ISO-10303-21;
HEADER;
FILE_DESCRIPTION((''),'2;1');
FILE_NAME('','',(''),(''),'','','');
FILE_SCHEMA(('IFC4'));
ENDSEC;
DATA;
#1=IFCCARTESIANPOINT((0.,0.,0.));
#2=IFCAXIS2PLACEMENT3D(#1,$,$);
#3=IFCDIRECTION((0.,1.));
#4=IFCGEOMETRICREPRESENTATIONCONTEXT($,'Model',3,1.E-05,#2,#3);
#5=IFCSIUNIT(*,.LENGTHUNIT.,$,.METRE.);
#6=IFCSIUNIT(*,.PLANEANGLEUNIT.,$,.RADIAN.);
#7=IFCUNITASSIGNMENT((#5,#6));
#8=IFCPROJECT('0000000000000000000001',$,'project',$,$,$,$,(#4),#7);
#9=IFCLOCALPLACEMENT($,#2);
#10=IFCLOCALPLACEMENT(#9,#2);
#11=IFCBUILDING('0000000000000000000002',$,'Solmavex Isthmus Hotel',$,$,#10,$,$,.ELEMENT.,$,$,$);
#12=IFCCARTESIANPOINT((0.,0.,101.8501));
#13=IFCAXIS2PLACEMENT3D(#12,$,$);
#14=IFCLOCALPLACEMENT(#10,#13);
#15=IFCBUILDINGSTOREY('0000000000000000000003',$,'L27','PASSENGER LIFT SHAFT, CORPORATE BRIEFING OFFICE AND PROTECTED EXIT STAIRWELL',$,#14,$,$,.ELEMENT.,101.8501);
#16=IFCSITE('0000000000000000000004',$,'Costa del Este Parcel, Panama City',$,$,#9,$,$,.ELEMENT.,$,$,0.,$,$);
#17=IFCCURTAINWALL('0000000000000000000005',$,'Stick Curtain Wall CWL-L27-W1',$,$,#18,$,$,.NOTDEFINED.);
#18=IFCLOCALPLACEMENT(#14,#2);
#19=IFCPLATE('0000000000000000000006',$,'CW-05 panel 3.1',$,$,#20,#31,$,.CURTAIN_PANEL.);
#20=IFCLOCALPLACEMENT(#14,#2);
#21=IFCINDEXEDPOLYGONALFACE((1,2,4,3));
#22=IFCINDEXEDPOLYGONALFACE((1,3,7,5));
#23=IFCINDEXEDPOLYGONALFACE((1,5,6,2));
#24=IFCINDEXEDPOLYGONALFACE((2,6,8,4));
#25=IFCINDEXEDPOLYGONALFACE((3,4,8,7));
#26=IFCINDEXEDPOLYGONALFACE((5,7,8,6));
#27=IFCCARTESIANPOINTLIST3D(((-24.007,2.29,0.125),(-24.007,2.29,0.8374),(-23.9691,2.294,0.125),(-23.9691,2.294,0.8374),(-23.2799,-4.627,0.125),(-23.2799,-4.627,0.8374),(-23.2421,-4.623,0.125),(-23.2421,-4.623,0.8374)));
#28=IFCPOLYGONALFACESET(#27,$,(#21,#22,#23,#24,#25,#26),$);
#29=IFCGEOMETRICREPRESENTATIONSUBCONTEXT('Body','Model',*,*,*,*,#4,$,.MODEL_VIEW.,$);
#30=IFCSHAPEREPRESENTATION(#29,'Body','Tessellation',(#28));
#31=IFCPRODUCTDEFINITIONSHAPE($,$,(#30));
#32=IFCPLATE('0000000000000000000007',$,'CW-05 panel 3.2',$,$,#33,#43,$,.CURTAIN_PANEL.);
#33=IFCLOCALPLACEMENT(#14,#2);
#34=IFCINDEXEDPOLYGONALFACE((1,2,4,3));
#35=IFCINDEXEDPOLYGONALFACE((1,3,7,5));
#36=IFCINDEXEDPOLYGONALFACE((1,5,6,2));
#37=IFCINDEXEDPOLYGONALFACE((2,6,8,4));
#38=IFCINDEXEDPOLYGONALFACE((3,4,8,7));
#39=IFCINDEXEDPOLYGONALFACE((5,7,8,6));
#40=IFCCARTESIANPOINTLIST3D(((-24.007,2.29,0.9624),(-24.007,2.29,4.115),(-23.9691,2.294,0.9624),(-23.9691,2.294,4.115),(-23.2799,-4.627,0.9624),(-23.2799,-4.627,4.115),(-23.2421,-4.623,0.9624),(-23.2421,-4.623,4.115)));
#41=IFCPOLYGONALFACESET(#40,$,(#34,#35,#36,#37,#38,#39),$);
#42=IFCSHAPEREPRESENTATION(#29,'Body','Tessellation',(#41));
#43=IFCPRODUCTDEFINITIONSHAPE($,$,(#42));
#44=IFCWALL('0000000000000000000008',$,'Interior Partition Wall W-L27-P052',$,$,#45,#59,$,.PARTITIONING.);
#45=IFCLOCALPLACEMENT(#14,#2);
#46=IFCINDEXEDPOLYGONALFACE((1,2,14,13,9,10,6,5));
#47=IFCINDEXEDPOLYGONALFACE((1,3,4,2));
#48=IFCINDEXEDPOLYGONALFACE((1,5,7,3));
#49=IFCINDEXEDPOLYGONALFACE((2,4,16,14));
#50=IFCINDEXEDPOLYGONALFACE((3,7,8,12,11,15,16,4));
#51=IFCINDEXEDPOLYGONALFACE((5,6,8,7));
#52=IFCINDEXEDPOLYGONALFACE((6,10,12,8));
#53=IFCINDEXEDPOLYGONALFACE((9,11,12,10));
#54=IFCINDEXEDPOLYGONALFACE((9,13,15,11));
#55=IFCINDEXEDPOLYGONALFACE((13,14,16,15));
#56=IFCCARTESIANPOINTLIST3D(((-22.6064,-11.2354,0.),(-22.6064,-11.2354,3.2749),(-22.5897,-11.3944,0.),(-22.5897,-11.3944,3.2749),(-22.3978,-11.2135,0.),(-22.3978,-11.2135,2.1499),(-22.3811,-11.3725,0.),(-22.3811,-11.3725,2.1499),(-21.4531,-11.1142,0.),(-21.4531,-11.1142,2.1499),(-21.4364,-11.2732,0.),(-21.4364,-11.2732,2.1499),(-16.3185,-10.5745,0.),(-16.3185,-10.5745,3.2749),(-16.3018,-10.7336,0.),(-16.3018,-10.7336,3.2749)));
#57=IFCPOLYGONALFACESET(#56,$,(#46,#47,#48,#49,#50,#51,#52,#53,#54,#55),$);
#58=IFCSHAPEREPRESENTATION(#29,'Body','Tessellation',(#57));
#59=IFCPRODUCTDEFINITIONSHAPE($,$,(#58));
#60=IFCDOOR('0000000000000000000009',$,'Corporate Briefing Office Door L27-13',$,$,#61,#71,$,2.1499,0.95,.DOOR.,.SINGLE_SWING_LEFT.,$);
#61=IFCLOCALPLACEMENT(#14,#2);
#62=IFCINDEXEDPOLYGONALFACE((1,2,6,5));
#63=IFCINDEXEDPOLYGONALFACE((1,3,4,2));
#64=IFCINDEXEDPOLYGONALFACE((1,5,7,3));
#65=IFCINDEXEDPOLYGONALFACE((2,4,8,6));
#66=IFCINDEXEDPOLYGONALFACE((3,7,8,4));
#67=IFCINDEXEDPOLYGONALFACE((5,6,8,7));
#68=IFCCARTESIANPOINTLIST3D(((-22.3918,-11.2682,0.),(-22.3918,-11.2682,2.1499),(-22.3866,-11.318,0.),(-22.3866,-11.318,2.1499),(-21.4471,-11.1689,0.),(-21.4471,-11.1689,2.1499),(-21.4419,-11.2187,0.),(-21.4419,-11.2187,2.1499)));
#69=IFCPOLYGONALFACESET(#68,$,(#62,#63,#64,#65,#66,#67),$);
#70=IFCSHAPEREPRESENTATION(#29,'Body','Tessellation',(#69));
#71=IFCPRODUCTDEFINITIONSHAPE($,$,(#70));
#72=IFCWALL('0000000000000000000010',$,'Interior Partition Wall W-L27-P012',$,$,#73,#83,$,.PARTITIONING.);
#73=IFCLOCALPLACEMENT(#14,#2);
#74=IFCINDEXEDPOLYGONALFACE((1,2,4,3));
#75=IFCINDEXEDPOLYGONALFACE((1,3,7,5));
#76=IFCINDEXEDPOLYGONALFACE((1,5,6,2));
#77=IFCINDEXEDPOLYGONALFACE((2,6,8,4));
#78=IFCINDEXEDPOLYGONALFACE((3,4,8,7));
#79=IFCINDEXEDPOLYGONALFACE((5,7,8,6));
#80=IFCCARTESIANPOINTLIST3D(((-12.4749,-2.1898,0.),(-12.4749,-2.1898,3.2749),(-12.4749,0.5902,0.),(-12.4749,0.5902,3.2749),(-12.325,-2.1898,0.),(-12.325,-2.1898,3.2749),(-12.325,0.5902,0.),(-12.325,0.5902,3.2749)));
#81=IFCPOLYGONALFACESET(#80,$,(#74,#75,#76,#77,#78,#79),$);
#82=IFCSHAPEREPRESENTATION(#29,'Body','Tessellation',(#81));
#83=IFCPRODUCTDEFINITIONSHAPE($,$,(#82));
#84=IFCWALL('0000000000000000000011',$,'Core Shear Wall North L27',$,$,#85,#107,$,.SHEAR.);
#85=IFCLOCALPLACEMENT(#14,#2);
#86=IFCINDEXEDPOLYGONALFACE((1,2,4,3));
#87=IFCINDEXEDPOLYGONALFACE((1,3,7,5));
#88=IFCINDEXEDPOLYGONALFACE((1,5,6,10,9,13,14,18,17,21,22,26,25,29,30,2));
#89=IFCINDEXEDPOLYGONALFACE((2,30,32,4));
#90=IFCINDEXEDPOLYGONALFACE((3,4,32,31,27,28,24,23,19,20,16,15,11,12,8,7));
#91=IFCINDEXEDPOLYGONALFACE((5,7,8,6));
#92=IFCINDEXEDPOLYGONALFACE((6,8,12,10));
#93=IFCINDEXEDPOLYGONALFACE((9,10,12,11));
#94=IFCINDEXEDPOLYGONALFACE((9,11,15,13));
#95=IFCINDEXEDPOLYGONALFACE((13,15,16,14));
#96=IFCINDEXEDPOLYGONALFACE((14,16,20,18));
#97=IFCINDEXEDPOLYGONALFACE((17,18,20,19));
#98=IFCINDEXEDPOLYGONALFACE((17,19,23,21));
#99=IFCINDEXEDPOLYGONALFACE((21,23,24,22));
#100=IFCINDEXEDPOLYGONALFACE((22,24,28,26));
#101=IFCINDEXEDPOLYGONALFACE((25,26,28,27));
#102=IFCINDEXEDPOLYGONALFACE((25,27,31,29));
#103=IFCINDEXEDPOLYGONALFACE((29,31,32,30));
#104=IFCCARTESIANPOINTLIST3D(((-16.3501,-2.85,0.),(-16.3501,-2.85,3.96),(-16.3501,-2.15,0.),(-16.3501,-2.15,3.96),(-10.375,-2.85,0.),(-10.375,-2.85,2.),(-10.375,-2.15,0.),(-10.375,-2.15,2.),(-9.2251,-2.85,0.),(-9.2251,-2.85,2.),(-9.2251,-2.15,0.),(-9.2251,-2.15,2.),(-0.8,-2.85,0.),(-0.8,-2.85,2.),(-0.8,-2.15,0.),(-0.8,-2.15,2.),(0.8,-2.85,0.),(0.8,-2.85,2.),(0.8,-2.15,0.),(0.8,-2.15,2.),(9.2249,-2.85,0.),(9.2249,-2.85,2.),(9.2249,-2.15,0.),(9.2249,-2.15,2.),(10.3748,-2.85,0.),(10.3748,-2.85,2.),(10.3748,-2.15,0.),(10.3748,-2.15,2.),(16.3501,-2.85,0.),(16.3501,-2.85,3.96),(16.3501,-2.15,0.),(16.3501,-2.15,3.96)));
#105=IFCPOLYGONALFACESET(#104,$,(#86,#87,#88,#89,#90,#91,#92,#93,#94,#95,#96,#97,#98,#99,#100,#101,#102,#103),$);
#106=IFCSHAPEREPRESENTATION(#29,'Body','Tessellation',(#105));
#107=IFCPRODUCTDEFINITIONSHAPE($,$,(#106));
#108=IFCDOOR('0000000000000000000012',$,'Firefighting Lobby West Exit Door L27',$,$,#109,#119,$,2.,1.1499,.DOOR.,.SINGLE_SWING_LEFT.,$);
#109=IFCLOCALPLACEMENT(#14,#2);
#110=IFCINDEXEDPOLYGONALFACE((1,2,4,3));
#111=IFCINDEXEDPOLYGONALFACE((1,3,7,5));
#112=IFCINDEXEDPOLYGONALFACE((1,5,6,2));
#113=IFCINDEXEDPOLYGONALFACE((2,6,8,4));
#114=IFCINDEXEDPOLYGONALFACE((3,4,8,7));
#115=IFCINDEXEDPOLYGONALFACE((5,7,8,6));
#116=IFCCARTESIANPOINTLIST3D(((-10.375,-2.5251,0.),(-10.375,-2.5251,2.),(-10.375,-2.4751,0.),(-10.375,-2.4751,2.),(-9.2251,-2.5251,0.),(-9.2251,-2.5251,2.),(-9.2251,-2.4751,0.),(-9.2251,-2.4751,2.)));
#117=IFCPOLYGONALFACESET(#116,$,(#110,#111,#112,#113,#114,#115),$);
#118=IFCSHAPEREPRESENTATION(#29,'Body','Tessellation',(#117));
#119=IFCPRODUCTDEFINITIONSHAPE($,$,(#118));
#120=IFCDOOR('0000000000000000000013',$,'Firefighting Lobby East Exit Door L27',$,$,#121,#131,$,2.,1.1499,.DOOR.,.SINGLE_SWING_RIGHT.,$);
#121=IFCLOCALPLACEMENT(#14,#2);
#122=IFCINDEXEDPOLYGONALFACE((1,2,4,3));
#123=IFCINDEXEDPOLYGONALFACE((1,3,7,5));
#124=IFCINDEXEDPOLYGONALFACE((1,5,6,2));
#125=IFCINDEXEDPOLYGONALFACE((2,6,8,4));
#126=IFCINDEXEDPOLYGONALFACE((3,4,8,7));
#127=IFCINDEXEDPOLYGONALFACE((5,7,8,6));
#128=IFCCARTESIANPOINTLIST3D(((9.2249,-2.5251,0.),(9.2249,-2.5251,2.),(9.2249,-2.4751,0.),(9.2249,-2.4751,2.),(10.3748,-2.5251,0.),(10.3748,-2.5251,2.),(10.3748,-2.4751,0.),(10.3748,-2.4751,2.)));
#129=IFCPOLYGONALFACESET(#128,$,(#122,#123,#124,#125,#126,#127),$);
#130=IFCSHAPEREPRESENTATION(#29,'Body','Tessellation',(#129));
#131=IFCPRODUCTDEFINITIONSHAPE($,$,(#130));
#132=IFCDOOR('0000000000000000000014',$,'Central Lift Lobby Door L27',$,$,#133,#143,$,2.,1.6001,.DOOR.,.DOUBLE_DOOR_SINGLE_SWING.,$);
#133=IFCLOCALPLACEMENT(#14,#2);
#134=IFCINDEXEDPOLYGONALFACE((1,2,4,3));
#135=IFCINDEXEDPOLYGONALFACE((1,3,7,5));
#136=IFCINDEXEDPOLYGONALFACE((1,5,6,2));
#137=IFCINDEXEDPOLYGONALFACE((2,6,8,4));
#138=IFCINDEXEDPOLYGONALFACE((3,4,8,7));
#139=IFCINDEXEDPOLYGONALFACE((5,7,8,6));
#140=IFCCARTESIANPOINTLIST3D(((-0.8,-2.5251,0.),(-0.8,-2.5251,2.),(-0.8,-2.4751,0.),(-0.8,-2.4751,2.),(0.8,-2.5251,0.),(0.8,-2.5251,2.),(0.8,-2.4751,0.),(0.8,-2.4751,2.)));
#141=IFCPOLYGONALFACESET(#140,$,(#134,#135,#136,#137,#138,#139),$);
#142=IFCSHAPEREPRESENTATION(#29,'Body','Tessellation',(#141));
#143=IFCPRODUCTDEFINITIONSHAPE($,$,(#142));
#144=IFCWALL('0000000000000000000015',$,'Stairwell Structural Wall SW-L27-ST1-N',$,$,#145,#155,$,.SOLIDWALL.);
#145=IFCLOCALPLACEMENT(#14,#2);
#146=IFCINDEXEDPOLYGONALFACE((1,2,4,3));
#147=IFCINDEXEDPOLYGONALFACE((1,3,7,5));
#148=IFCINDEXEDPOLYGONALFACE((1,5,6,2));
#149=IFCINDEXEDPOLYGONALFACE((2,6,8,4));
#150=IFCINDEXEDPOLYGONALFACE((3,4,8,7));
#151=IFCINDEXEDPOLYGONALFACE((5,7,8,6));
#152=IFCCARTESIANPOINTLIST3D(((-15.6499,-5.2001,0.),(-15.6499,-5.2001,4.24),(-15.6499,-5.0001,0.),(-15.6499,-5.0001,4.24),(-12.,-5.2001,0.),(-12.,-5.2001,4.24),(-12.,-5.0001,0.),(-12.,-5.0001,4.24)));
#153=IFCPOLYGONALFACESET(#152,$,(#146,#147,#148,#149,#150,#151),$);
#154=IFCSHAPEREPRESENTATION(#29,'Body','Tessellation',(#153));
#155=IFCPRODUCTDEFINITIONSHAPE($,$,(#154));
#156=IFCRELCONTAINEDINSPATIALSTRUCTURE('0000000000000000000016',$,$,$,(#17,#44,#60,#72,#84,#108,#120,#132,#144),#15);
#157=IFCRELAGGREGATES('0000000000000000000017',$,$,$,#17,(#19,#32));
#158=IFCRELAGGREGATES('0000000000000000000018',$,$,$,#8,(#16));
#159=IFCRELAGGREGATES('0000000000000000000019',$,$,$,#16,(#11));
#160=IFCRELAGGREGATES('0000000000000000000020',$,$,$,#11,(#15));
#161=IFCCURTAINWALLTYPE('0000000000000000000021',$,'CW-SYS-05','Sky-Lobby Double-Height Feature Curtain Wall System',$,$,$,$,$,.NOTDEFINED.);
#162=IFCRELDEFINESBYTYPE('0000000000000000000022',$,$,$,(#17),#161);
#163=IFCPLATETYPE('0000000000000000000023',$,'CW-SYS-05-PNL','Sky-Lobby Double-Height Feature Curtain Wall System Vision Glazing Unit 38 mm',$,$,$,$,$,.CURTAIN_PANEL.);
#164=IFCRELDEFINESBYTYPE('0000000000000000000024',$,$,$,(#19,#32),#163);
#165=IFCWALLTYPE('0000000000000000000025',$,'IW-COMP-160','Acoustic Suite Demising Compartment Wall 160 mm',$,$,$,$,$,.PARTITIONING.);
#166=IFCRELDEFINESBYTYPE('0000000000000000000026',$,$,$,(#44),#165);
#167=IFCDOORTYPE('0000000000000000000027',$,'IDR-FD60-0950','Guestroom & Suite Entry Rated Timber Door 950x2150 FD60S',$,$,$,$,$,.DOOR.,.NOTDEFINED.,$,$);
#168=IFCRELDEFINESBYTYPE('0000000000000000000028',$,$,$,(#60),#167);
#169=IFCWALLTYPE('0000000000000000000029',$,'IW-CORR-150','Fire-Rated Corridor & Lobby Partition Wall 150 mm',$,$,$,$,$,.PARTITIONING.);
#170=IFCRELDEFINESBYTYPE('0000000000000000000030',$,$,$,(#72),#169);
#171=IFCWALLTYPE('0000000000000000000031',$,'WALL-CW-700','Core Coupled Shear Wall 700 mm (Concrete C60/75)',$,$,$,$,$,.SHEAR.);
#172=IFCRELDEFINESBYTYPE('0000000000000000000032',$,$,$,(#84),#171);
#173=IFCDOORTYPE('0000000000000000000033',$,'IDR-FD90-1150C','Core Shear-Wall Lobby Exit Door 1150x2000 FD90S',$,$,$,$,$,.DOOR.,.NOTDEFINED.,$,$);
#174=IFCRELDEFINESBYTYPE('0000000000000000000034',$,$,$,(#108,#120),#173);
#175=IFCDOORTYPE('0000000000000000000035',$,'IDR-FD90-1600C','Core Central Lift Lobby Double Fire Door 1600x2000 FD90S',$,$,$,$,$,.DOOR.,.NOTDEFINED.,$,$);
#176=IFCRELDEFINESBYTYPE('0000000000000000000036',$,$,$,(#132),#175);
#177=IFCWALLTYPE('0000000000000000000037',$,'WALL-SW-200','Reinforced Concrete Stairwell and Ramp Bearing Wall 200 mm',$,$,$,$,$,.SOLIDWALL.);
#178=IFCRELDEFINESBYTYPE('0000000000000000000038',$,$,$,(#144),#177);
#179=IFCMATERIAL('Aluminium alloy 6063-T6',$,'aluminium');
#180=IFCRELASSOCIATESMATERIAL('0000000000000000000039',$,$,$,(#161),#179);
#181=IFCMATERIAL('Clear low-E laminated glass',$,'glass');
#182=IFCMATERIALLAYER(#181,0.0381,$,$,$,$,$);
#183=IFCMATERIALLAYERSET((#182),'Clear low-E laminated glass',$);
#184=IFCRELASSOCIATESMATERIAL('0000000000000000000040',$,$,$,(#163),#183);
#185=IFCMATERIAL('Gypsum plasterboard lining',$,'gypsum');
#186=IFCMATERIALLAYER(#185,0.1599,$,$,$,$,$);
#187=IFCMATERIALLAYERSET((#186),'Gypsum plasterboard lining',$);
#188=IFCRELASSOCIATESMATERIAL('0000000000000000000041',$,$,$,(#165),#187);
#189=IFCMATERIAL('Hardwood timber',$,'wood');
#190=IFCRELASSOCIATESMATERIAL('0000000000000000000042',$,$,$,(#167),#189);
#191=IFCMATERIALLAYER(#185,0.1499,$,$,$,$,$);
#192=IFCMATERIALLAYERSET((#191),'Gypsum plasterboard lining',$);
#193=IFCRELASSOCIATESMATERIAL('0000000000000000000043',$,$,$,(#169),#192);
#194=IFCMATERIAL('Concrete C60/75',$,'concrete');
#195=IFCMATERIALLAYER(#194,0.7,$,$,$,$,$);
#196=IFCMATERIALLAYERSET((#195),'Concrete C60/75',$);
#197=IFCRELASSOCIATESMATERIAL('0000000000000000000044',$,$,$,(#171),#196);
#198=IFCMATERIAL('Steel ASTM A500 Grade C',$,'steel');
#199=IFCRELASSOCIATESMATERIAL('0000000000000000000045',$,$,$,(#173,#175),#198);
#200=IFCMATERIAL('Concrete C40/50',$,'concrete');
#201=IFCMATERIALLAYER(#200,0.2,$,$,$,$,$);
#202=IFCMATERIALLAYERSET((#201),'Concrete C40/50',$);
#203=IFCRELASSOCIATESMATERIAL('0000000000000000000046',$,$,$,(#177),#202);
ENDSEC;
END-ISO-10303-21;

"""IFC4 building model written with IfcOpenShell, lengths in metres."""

from ifc_helpers import new_model, si_unit, direction, frame, frame_2d, origin, origin_2d, place, context, subcontext, project, spatial, rectangle, extrude, material, layer, layer_set, type_object, element, fill, aggregate, save


model = new_model("IFC4")

# Units and contexts
model_context = context("Model", 3, precision=1e-05, world=origin(), true_north=direction((0.0, 1.0)))
body_context = subcontext(model_context, "Body", "Model", "MODEL_VIEW")
ifc_project = project(units=[si_unit("LENGTHUNIT", "METRE"), si_unit("PLANEANGLEUNIT", "RADIAN")], contexts=[model_context])

# Site, building, storey
site_placement = place(None, origin())
site = spatial("IfcSite", under=ifc_project, at=site_placement, Name="Costa del Este Parcel, Panama City", CompositionType="ELEMENT", RefElevation=0.0)
building_placement = place(site_placement, origin())
building = spatial("IfcBuilding", under=site, at=building_placement, Name="Solmavex Isthmus Hotel", CompositionType="ELEMENT")
storey_placement = place(building_placement, frame((0.0, 0.0, 101.8501)))
storey = spatial("IfcBuildingStorey", under=building, at=storey_placement, Name="L27", Description="PASSENGER LIFT SHAFT, CORPORATE BRIEFING OFFICE AND PROTECTED EXIT STAIRWELL", CompositionType="ELEMENT", Elevation=101.8501)

# Shared definitions
ifc_material_1 = material(Name="Concrete C60/75", Category="concrete")

# Curtain wall, plates
ifc_material_2 = material(Name="Aluminium alloy 6063-T6", Category="aluminium")
curtain_wall_type = type_object("IfcCurtainWallType", Name="CW-SYS-05", Description="Sky-Lobby Double-Height Feature Curtain Wall System", PredefinedType="NOTDEFINED", material=ifc_material_2)
curtain_wall_placement = place(storey_placement, origin())
curtain_wall = element("IfcCurtainWall", 1, at=curtain_wall_placement, inside=storey, type_object=curtain_wall_type, Name="Stick Curtain Wall CWL-L27-W1", PredefinedType="NOTDEFINED")
ifc_material_3 = material(Name="Clear low-E laminated glass", Category="glass")
ifc_layer_1 = layer(ifc_material_3, 0.0381)
ifc_layer_set_1 = layer_set([ifc_layer_1], Name="Clear low-E laminated glass")
plate_type = type_object("IfcPlateType", Name="CW-SYS-05-PNL", Description="Sky-Lobby Double-Height Feature Curtain Wall System Vision Glazing Unit 38 mm", PredefinedType="CURTAIN_PANEL", material=ifc_layer_set_1)
plate_1_placement = place(storey_placement, frame((-23.6245, -1.1665, 0.125), z_axis=(0.0, 0.0, 1.0), x_axis=(-0.104528, 0.994522, 0.0)))
plate_1 = element("IfcPlate", 2, at=plate_1_placement, type_object=plate_type, Name="CW-05 panel 3.1", PredefinedType="CURTAIN_PANEL", context=body_context, shape_type="SweptSolid", body=[
    extrude(rectangle(XDim=6.9551, YDim=0.0381, at=origin_2d()), origin(), (0.0, 0.0, 1.0), 0.7124),
])
plate_2_placement = place(storey_placement, frame((-23.6245, -1.1665, 0.9624), z_axis=(0.0, 0.0, 1.0), x_axis=(-0.104528, 0.994522, 0.0)))
plate_2 = element("IfcPlate", 3, at=plate_2_placement, type_object=plate_type, Name="CW-05 panel 3.2", PredefinedType="CURTAIN_PANEL", context=body_context, shape_type="SweptSolid", body=[
    extrude(rectangle(XDim=6.9551, YDim=0.0381, at=origin_2d()), origin(), (0.0, 0.0, 1.0), 3.1526),
])
aggregate(curtain_wall, [plate_1, plate_2])

# Wall, opening, door
ifc_material_4 = material(Name="Gypsum plasterboard lining", Category="gypsum")
ifc_layer_2 = layer(ifc_material_4, 0.1599)
ifc_layer_set_2 = layer_set([ifc_layer_2], Name="Gypsum plasterboard lining")
wall_type_1 = type_object("IfcWallType", Name="IW-COMP-160", Description="Acoustic Suite Demising Compartment Wall 160 mm", PredefinedType="PARTITIONING", material=ifc_layer_set_2)
wall_1_placement = place(storey_placement, frame((-16.3103, -10.6541, 0.0), z_axis=(0.0, 0.0, 1.0), x_axis=(-0.994522, -0.10453, 0.0)))
wall_1 = element("IfcWall", 4, at=wall_1_placement, inside=storey, type_object=wall_type_1, Name="Interior Partition Wall W-L27-P052", PredefinedType="PARTITIONING", context=body_context, shape_type="SweptSolid", body=[
    extrude(rectangle(XDim=6.3225, YDim=0.1599, at=frame_2d((3.1611, 0.0))), origin(), (0.0, 0.0, 1.0), 3.2749),
])
opening_1_placement = place(wall_1_placement, frame((5.1626, 0.0, 0.0)))
opening_1 = element("IfcOpeningElement", 5, at=opening_1_placement, cuts=wall_1, PredefinedType="OPENING", context=body_context, shape_type="SweptSolid", body=[
    extrude(rectangle(XDim=0.95, YDim=2.1499, at=frame_2d((0.4751, 1.075))), frame((0.0, 0.0898, 0.0), z_axis=(0.0, -1.0, 0.0), x_axis=(1.0, 0.0, 0.0)), (0.0, 0.0, 1.0), 0.1799),
])
ifc_material_5 = material(Name="Hardwood timber", Category="wood")
door_type_1 = type_object("IfcDoorType", Name="IDR-FD60-0950", Description="Guestroom & Suite Entry Rated Timber Door 950x2150 FD60S", OperationType="NOTDEFINED", PredefinedType="DOOR", material=ifc_material_5)
door_1_placement = place(opening_1_placement, frame((0.95, 0.0, 0.0), z_axis=(0.0, 0.0, 1.0), x_axis=(-1.0, 0.0, 0.0)))
door_1 = element("IfcDoor", 6, at=door_1_placement, inside=storey, type_object=door_type_1, Name="Corporate Briefing Office Door L27-13", OperationType="SINGLE_SWING_LEFT", OverallHeight=2.1499, OverallWidth=0.95, PredefinedType="DOOR", context=body_context, shape_type="SweptSolid", body=[
    extrude(rectangle(XDim=0.95, YDim=2.1499, at=frame_2d((0.4751, 1.075))), frame((0.0, 0.0249, 0.0), z_axis=(0.0, -1.0, 0.0), x_axis=(1.0, 0.0, 0.0)), (0.0, 0.0, 1.0), 0.05),
])
fill(opening_1, door_1)

# Wall
ifc_layer_3 = layer(ifc_material_4, 0.1499)
ifc_layer_set_3 = layer_set([ifc_layer_3], Name="Gypsum plasterboard lining")
wall_type_2 = type_object("IfcWallType", Name="IW-CORR-150", Description="Fire-Rated Corridor & Lobby Partition Wall 150 mm", PredefinedType="PARTITIONING", material=ifc_layer_set_3)
wall_2_placement = place(storey_placement, frame((-12.3999, -2.1899, 0.0), z_axis=(0.0, 0.0, 1.0), x_axis=(0.0, 1.0, 0.0)))
element("IfcWall", 7, at=wall_2_placement, inside=storey, type_object=wall_type_2, Name="Interior Partition Wall W-L27-P012", PredefinedType="PARTITIONING", context=body_context, shape_type="SweptSolid", body=[
    extrude(rectangle(XDim=2.78, YDim=0.1499, at=frame_2d((1.3901, 0.0))), origin(), (0.0, 0.0, 1.0), 3.2749),
])

# Wall, openings, doors
ifc_layer_4 = layer(ifc_material_1, 0.7)
ifc_layer_set_4 = layer_set([ifc_layer_4], Name="Concrete C60/75")
wall_type_3 = type_object("IfcWallType", Name="WALL-CW-700", Description="Core Coupled Shear Wall 700 mm (Concrete C60/75)", PredefinedType="SHEAR", material=ifc_layer_set_4)
wall_3_placement = place(storey_placement, frame((-16.3501, -2.5, 0.0), z_axis=(0.0, 0.0, 1.0), x_axis=(1.0, 0.0, 0.0)))
wall_3 = element("IfcWall", 8, at=wall_3_placement, inside=storey, type_object=wall_type_3, Name="Core Shear Wall North L27", PredefinedType="SHEAR", context=body_context, shape_type="SweptSolid", body=[
    extrude(rectangle(XDim=32.7002, YDim=0.7, at=frame_2d((16.3501, 0.0))), origin(), (0.0, 0.0, 1.0), 3.96),
])
opening_2_placement = place(wall_3_placement, frame((5.9751, 0.0, 0.0)))
opening_2 = element("IfcOpeningElement", 9, at=opening_2_placement, cuts=wall_3, PredefinedType="OPENING", context=body_context, shape_type="SweptSolid", body=[
    extrude(rectangle(XDim=1.1499, YDim=2.0, at=frame_2d((0.575, 1.0))), frame((0.0, 0.3599, 0.0), z_axis=(0.0, -1.0, 0.0), x_axis=(1.0, 0.0, 0.0)), (0.0, 0.0, 1.0), 0.72),
])
opening_3_placement = place(wall_3_placement, frame((15.55, 0.0, 0.0)))
opening_3 = element("IfcOpeningElement", 10, at=opening_3_placement, cuts=wall_3, PredefinedType="OPENING", context=body_context, shape_type="SweptSolid", body=[
    extrude(rectangle(XDim=1.6001, YDim=2.0, at=frame_2d((0.8, 1.0))), frame((0.0, 0.3599, 0.0), z_axis=(0.0, -1.0, 0.0), x_axis=(1.0, 0.0, 0.0)), (0.0, 0.0, 1.0), 0.72),
])
opening_4_placement = place(wall_3_placement, frame((25.575, 0.0, 0.0)))
opening_4 = element("IfcOpeningElement", 11, at=opening_4_placement, cuts=wall_3, PredefinedType="OPENING", context=body_context, shape_type="SweptSolid", body=[
    extrude(rectangle(XDim=1.1499, YDim=2.0, at=frame_2d((0.575, 1.0))), frame((0.0, 0.3599, 0.0), z_axis=(0.0, -1.0, 0.0), x_axis=(1.0, 0.0, 0.0)), (0.0, 0.0, 1.0), 0.72),
])
ifc_material_6 = material(Name="Steel ASTM A500 Grade C", Category="steel")
door_type_2 = type_object("IfcDoorType", Name="IDR-FD90-1150C", Description="Core Shear-Wall Lobby Exit Door 1150x2000 FD90S", OperationType="NOTDEFINED", PredefinedType="DOOR", material=ifc_material_6)
door_2_placement = place(opening_2_placement, origin())
door_2 = element("IfcDoor", 12, at=door_2_placement, inside=storey, type_object=door_type_2, Name="Firefighting Lobby West Exit Door L27", OperationType="SINGLE_SWING_LEFT", OverallHeight=2.0, OverallWidth=1.1499, PredefinedType="DOOR", context=body_context, shape_type="SweptSolid", body=[
    extrude(rectangle(XDim=1.1499, YDim=2.0, at=frame_2d((0.575, 1.0))), frame((0.0, 0.0249, 0.0), z_axis=(0.0, -1.0, 0.0), x_axis=(1.0, 0.0, 0.0)), (0.0, 0.0, 1.0), 0.05),
])
fill(opening_2, door_2)
door_3_placement = place(opening_4_placement, origin())
door_3 = element("IfcDoor", 13, at=door_3_placement, inside=storey, type_object=door_type_2, Name="Firefighting Lobby East Exit Door L27", OperationType="SINGLE_SWING_RIGHT", OverallHeight=2.0, OverallWidth=1.1499, PredefinedType="DOOR", context=body_context, shape_type="SweptSolid", body=[
    extrude(rectangle(XDim=1.1499, YDim=2.0, at=frame_2d((0.575, 1.0))), frame((0.0, 0.0249, 0.0), z_axis=(0.0, -1.0, 0.0), x_axis=(1.0, 0.0, 0.0)), (0.0, 0.0, 1.0), 0.05),
])
fill(opening_4, door_3)
door_type_3 = type_object("IfcDoorType", Name="IDR-FD90-1600C", Description="Core Central Lift Lobby Double Fire Door 1600x2000 FD90S", OperationType="NOTDEFINED", PredefinedType="DOOR", material=ifc_material_6)
door_4_placement = place(opening_3_placement, origin())
door_4 = element("IfcDoor", 14, at=door_4_placement, inside=storey, type_object=door_type_3, Name="Central Lift Lobby Door L27", OperationType="DOUBLE_DOOR_SINGLE_SWING", OverallHeight=2.0, OverallWidth=1.6001, PredefinedType="DOOR", context=body_context, shape_type="SweptSolid", body=[
    extrude(rectangle(XDim=1.6001, YDim=2.0, at=frame_2d((0.8, 1.0))), frame((0.0, 0.0249, 0.0), z_axis=(0.0, -1.0, 0.0), x_axis=(1.0, 0.0, 0.0)), (0.0, 0.0, 1.0), 0.05),
])
fill(opening_3, door_4)

# Wall
ifc_material_7 = material(Name="Concrete C40/50", Category="concrete")
ifc_layer_5 = layer(ifc_material_7, 0.2)
ifc_layer_set_5 = layer_set([ifc_layer_5], Name="Concrete C40/50")
wall_type_4 = type_object("IfcWallType", Name="WALL-SW-200", Description="Reinforced Concrete Stairwell and Ramp Bearing Wall 200 mm", PredefinedType="SOLIDWALL", material=ifc_layer_set_5)
wall_4_placement = place(storey_placement, frame((-15.6499, -5.1001, 0.0), z_axis=(0.0, 0.0, 1.0), x_axis=(1.0, 0.0, 0.0)))
element("IfcWall", 15, at=wall_4_placement, inside=storey, type_object=wall_type_4, Name="Stairwell Structural Wall SW-L27-ST1-N", PredefinedType="SOLIDWALL", context=body_context, shape_type="SweptSolid", body=[
    extrude(rectangle(XDim=3.6499, YDim=0.2, at=frame_2d((1.825, 0.0))), origin(), (0.0, 0.0, 1.0), 4.24),
])

save(model, "model.ifc")
